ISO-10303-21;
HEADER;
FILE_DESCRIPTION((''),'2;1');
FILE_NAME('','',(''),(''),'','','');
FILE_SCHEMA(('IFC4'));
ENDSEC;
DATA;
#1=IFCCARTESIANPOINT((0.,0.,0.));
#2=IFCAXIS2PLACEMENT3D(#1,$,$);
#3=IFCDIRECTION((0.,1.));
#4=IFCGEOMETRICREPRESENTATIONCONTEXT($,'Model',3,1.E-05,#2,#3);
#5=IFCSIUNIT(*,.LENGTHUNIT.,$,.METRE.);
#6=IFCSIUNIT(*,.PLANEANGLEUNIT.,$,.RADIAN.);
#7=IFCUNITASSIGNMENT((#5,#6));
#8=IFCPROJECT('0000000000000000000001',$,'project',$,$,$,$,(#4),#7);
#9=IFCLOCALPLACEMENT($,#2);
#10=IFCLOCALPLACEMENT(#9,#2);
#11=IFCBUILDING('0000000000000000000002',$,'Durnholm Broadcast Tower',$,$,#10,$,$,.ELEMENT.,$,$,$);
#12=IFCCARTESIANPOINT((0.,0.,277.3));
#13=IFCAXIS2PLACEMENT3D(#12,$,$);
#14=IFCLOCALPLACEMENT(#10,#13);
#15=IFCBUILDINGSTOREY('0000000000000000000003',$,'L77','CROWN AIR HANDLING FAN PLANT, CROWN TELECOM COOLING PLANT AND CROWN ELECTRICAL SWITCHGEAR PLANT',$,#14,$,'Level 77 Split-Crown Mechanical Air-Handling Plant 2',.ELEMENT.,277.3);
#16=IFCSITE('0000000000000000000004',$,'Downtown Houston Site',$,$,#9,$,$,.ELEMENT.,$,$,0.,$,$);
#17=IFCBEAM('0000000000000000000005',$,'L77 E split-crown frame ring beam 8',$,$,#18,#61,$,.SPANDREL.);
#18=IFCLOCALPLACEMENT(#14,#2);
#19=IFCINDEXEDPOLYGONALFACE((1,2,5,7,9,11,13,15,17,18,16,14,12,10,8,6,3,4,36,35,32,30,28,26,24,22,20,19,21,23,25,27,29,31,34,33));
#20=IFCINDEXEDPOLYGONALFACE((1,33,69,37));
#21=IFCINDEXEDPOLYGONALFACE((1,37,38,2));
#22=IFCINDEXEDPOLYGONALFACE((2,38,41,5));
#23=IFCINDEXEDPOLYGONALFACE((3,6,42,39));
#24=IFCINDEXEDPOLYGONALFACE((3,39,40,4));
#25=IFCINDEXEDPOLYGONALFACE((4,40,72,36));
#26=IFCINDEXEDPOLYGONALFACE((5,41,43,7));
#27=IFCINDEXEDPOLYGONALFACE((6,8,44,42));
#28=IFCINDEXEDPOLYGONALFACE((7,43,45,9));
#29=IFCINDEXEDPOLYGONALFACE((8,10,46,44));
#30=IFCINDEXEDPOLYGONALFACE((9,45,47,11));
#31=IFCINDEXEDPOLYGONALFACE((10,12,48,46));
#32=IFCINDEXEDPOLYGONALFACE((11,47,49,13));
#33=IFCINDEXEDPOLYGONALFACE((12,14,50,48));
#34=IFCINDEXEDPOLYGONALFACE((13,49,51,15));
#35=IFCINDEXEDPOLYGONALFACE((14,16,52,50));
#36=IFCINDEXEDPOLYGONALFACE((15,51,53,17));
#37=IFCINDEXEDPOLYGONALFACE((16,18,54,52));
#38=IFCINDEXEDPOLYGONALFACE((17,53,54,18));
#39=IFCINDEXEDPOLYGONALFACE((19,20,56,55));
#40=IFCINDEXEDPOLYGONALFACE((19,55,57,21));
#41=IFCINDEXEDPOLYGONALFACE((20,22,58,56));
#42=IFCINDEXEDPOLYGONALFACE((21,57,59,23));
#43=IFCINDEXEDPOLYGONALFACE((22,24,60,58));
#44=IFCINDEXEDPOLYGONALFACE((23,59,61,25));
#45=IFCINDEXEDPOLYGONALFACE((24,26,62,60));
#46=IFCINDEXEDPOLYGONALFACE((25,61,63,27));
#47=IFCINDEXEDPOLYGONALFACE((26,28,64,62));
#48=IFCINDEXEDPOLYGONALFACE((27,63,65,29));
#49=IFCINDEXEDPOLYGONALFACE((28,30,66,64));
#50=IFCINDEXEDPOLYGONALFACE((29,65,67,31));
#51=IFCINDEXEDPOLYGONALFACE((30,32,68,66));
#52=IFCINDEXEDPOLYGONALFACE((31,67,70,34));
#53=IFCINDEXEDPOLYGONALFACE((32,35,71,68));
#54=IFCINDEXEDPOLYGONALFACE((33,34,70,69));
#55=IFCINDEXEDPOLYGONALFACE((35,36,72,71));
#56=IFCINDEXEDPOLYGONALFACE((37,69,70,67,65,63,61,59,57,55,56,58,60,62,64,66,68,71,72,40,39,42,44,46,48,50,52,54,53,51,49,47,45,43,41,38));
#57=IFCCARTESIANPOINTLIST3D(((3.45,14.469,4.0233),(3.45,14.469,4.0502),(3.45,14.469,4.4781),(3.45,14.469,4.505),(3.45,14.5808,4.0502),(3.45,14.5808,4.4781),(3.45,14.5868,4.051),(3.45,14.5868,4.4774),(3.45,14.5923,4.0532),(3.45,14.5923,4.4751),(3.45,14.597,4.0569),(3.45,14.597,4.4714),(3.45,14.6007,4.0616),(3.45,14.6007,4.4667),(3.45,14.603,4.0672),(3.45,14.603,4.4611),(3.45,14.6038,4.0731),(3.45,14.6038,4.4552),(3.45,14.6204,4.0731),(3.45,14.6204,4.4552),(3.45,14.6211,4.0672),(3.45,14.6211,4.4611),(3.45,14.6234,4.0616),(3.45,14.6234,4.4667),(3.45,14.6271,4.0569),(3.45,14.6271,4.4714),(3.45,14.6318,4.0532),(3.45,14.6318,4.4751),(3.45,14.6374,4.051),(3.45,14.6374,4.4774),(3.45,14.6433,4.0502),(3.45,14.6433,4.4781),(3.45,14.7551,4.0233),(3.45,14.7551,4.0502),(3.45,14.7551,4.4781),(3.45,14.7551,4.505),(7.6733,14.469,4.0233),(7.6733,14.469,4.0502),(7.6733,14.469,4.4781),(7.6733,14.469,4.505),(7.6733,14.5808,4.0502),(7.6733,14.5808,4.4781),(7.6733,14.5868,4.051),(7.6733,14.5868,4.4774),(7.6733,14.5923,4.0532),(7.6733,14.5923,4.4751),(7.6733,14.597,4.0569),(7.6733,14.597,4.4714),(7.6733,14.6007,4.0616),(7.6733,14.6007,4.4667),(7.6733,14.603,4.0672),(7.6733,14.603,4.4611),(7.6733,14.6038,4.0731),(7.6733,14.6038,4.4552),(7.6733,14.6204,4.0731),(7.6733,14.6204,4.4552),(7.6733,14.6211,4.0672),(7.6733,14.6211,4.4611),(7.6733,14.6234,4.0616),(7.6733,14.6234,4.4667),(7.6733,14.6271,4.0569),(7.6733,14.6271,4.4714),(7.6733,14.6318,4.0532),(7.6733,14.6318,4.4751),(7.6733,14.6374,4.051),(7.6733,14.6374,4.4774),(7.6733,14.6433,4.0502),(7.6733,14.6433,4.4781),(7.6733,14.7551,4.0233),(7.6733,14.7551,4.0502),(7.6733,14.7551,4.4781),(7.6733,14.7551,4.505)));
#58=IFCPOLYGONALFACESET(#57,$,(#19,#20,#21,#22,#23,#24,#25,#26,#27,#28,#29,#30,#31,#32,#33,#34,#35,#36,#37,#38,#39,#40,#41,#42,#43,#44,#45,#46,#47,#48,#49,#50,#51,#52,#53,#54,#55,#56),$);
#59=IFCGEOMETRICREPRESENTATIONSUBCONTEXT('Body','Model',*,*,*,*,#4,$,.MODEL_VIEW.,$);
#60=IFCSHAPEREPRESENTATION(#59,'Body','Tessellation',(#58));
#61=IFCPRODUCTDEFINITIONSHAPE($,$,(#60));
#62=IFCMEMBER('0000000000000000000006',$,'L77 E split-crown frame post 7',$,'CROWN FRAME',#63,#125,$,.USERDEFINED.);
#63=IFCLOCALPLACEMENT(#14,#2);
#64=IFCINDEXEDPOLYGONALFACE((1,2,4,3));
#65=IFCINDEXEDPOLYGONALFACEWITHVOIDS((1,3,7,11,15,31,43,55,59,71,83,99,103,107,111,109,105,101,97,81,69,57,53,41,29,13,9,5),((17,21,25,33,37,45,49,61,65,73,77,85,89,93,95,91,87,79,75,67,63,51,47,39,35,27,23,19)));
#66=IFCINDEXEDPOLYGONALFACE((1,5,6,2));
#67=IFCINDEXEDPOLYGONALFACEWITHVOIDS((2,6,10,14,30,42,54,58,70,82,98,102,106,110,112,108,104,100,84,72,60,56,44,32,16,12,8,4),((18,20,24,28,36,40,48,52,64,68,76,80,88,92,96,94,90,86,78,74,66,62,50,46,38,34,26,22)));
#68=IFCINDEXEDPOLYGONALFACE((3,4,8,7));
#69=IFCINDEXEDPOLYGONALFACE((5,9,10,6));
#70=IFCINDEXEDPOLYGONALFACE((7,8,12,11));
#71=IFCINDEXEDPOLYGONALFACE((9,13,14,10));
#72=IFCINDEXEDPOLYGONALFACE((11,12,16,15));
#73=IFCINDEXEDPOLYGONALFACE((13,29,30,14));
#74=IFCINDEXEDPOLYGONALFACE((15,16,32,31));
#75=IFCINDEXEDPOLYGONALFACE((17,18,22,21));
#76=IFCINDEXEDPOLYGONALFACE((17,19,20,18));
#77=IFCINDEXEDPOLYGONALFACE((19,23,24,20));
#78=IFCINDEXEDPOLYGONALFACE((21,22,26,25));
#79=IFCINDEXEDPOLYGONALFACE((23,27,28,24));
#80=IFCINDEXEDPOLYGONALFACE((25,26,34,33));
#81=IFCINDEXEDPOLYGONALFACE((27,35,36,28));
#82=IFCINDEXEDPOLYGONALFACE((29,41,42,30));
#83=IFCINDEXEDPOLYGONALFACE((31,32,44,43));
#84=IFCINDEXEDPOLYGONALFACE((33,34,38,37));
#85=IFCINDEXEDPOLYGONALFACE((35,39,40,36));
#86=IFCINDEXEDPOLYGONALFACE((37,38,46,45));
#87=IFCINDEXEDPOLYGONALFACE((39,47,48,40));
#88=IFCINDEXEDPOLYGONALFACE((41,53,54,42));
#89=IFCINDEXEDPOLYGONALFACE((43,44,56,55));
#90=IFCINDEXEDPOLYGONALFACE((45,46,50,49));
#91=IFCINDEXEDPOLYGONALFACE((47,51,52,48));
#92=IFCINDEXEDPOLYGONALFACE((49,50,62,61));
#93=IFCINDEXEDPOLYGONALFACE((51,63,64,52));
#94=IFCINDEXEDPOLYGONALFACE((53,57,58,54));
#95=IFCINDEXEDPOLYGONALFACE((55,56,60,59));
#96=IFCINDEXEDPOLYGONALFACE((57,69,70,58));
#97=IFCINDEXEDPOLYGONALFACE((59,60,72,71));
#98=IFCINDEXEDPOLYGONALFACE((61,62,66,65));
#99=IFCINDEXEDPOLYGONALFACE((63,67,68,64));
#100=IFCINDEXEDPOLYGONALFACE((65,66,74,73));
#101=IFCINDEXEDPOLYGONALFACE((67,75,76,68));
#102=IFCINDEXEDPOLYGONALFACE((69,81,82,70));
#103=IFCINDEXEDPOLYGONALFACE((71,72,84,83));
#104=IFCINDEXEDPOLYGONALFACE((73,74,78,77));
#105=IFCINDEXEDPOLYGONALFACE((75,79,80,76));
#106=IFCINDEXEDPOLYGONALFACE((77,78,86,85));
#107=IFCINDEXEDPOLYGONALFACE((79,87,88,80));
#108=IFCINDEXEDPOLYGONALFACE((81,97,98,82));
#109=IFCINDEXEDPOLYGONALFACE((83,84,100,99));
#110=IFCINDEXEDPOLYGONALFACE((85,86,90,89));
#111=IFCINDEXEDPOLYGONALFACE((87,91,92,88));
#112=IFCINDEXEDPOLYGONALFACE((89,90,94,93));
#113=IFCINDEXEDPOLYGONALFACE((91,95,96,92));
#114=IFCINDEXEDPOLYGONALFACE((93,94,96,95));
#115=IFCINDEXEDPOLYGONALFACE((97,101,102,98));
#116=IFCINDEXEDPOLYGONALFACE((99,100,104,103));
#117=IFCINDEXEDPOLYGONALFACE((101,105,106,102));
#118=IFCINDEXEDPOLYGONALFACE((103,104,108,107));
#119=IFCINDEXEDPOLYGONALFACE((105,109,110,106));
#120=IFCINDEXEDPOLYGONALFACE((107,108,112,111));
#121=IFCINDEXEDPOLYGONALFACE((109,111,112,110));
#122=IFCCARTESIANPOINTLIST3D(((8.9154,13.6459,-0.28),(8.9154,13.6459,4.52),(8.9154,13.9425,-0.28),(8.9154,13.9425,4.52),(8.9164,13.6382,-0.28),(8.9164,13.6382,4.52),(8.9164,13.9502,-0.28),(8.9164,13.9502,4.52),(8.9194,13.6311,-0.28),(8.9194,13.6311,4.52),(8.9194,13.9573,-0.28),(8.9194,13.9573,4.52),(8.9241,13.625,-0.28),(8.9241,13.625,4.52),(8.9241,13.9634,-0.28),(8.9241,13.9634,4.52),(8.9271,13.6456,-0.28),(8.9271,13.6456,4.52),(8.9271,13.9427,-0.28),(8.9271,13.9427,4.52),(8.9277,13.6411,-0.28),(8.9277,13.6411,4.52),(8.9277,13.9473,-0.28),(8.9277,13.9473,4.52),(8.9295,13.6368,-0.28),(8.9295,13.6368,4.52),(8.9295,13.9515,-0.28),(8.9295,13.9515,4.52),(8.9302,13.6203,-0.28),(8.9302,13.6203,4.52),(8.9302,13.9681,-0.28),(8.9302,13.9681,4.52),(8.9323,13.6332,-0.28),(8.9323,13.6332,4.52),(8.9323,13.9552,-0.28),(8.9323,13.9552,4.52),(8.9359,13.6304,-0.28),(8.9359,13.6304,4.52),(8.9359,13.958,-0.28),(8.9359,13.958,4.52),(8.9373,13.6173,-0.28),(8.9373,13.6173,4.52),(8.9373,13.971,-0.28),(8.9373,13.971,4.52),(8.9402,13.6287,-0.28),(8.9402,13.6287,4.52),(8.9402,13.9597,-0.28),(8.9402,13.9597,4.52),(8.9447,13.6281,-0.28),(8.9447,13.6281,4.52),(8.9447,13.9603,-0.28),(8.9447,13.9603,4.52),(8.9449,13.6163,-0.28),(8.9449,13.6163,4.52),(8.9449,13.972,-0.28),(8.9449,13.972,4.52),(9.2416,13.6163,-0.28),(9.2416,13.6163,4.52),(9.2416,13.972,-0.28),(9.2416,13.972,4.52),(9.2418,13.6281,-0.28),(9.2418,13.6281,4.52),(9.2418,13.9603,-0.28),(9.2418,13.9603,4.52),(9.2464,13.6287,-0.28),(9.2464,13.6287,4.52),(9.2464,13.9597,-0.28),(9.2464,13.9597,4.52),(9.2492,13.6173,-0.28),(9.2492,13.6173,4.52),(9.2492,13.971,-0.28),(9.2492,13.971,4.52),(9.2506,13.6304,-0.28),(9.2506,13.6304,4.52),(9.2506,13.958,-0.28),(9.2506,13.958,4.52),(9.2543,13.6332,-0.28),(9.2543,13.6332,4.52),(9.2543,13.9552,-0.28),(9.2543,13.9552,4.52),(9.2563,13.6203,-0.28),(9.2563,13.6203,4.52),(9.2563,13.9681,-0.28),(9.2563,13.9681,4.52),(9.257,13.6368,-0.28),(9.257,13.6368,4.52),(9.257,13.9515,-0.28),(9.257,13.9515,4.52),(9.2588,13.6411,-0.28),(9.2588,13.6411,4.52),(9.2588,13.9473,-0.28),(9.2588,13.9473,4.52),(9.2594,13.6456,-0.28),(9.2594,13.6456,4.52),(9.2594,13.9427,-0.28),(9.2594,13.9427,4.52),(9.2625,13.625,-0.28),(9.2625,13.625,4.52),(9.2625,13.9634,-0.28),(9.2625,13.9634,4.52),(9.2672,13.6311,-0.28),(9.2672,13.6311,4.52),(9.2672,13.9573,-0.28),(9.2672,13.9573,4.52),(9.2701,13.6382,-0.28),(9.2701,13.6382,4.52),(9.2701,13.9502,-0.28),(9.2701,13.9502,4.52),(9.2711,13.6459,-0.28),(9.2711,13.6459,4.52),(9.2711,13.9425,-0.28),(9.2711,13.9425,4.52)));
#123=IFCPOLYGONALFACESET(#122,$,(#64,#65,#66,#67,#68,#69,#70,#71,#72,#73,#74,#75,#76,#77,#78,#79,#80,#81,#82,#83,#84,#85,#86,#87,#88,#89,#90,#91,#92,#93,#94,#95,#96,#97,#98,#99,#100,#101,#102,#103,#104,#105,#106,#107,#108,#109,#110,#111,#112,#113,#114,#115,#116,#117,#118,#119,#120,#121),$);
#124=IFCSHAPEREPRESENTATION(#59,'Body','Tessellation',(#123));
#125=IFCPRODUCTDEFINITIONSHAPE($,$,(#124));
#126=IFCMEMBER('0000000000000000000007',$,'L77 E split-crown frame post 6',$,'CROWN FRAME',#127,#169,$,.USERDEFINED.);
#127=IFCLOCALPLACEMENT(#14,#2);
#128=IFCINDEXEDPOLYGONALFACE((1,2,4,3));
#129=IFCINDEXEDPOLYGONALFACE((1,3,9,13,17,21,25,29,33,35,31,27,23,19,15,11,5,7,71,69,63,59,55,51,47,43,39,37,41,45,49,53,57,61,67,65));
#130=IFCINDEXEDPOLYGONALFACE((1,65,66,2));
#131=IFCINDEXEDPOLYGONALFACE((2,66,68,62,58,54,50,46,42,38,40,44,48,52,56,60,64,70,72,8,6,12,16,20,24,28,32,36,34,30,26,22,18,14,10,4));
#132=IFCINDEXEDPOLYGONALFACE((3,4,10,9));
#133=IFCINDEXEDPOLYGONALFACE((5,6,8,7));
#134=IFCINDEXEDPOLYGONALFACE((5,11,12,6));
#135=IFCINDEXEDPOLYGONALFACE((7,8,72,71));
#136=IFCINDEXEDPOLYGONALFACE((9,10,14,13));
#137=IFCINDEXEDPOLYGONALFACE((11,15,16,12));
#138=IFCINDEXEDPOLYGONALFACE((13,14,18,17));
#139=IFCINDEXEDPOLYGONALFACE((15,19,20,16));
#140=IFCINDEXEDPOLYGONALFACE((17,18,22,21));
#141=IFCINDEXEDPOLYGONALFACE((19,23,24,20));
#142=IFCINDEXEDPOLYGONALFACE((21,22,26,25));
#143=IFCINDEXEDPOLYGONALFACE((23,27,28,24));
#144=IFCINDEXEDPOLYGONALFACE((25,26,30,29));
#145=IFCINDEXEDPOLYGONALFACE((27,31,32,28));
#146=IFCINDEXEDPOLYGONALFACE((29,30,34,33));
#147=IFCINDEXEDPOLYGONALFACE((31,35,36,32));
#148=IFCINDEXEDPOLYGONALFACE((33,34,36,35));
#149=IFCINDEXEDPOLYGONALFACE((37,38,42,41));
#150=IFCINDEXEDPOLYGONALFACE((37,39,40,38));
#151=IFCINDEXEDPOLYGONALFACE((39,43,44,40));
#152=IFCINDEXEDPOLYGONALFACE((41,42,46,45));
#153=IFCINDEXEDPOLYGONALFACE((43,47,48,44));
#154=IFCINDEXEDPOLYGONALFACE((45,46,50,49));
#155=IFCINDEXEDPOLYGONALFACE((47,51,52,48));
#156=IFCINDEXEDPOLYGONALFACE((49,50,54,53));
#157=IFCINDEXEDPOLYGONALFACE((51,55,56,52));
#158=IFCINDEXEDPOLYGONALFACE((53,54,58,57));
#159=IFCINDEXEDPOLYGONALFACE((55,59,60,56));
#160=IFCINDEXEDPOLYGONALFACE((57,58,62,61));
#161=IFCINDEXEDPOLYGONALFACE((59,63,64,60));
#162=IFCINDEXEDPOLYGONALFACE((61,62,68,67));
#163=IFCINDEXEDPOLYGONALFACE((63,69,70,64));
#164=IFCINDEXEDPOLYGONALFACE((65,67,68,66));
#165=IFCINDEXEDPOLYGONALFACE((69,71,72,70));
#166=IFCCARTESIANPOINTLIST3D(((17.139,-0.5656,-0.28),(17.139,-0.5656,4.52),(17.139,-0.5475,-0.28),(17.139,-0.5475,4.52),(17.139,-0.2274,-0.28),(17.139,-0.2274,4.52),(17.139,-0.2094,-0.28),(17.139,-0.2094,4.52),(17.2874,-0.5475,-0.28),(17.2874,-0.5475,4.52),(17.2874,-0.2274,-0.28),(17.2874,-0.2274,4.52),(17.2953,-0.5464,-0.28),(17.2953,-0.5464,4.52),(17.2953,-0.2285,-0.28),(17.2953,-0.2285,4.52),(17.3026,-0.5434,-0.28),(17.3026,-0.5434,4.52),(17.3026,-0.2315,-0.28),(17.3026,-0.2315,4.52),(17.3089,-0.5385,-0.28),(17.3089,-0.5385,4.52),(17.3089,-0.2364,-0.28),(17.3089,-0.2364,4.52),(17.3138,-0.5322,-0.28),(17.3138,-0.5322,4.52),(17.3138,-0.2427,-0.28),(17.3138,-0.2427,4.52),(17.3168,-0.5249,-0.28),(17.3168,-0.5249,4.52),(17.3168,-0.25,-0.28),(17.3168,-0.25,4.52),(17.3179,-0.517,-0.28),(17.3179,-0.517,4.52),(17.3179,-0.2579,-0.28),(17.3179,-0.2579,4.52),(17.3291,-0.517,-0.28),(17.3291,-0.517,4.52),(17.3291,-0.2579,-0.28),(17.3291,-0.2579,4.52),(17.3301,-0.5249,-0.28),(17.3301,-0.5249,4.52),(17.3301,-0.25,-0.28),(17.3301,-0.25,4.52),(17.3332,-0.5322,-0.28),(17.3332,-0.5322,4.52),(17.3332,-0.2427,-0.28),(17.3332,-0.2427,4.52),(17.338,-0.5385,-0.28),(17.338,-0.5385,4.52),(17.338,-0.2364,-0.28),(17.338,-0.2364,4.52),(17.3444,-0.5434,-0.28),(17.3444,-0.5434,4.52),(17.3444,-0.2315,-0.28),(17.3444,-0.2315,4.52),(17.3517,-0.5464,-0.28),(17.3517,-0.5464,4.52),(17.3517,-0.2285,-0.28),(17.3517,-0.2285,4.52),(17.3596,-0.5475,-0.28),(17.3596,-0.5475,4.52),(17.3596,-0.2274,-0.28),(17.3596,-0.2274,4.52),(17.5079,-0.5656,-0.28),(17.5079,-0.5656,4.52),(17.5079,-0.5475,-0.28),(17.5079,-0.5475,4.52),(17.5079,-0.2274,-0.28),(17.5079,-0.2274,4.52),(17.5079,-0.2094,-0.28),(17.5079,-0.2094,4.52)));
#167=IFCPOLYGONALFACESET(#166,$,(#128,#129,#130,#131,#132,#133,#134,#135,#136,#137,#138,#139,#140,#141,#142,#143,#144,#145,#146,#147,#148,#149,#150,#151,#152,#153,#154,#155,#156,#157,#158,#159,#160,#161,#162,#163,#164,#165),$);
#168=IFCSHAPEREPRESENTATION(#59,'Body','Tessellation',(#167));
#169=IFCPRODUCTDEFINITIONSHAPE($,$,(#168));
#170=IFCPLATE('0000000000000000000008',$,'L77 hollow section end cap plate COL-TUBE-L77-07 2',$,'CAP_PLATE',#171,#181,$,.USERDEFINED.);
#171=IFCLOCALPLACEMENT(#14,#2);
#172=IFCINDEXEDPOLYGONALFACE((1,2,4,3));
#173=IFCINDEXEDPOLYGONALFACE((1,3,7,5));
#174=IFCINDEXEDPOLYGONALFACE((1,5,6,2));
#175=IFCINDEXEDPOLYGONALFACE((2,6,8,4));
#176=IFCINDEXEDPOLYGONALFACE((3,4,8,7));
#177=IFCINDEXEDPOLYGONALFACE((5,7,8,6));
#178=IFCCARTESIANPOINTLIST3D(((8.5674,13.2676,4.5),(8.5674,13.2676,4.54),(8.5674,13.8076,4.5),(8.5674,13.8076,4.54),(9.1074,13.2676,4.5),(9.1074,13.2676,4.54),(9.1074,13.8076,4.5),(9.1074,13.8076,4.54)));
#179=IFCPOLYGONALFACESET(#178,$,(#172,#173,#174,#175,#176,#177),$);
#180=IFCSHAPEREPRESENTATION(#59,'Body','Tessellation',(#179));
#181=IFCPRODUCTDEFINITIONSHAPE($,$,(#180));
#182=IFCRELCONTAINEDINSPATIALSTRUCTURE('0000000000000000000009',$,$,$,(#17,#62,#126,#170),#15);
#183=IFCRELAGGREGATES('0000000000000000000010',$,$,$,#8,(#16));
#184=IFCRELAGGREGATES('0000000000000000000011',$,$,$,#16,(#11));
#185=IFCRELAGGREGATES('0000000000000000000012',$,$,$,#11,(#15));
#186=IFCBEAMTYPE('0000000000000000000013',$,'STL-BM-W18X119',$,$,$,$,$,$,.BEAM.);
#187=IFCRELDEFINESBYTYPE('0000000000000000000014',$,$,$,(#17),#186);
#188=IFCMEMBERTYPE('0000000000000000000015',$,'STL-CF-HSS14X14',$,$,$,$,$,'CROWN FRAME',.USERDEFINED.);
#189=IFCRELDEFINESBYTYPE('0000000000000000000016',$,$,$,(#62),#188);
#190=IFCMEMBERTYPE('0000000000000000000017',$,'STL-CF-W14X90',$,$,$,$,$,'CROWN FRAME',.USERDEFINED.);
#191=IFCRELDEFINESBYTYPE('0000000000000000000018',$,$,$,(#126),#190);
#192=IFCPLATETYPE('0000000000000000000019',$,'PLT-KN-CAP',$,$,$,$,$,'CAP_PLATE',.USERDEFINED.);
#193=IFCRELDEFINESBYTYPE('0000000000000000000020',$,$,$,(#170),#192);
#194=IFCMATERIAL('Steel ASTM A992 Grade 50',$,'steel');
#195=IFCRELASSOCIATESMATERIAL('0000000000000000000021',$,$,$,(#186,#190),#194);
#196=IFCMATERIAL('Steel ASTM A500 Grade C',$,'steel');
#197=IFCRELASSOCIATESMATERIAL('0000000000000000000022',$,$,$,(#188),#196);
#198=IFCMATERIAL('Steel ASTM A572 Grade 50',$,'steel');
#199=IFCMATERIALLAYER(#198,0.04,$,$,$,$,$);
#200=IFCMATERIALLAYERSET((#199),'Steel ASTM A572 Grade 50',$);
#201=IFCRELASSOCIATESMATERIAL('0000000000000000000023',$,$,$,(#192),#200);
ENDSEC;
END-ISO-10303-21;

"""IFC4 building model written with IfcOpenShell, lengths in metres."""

from ifc_helpers import new_model, si_unit, direction, frame, origin, origin_2d, place, context, subcontext, project, spatial, rectangle, hollow_rectangle, i_section, extrude, source, transform, mapped, material, layer, layer_set, material_profile, profile_set, type_object, type_shapes, element, save


model = new_model("IFC4")

# Units and contexts
model_context = context("Model", 3, precision=1e-05, world=origin(), true_north=direction((0.0, 1.0)))
body_context = subcontext(model_context, "Body", "Model", "MODEL_VIEW")
ifc_project = project(units=[si_unit("LENGTHUNIT", "METRE"), si_unit("PLANEANGLEUNIT", "RADIAN")], contexts=[model_context])

# Site, building, storey
site_placement = place(None, origin())
site = spatial("IfcSite", under=ifc_project, at=site_placement, Name="Downtown Houston Site", CompositionType="ELEMENT", RefElevation=0.0)
building_placement = place(site_placement, origin())
building = spatial("IfcBuilding", under=site, at=building_placement, Name="Durnholm Broadcast Tower", CompositionType="ELEMENT")
storey_placement = place(building_placement, frame((0.0, 0.0, 277.3)))
storey = spatial("IfcBuildingStorey", under=building, at=storey_placement, Name="L77", Description="CROWN AIR HANDLING FAN PLANT, CROWN TELECOM COOLING PLANT AND CROWN ELECTRICAL SWITCHGEAR PLANT", LongName="Level 77 Split-Crown Mechanical Air-Handling Plant 2", CompositionType="ELEMENT", Elevation=277.3)

# Shared definitions
ifc_material_1 = material(Name="Steel ASTM A500 Grade C", Category="steel")

# Beam
ifc_material_2 = material(Name="Steel ASTM A992 Grade 50", Category="steel")
ifc_material_profile_1 = material_profile(ifc_material_2, i_section(OverallWidth=0.2861, OverallDepth=0.4817, WebThickness=0.0166, FlangeThickness=0.0269, FilletRadius=0.0229, at=origin_2d()), Name="W18X119")
ifc_profile_set_1 = profile_set([ifc_material_profile_1], Name="Steel ASTM A992 Grade 50")
beam_type_1 = type_object("IfcBeamType", Name="STL-BM-W18X119", PredefinedType="BEAM", material=ifc_profile_set_1)
shared_shape_1 = source(origin(), body_context, "Body", "SweptSolid", [
    extrude(i_section(OverallWidth=0.2861, OverallDepth=0.4817, WebThickness=0.0166, FlangeThickness=0.0269, FilletRadius=0.0229, at=origin_2d()), origin(), (0.0, 0.0, 1.0), 4.2234),
])
beam_1_placement = place(storey_placement, frame((7.6733, 14.6121, 4.2642), z_axis=(-1.0, 0.0, 0.0), x_axis=(0.0, -1.0, 0.0)))
element("IfcBeam", 1, at=beam_1_placement, inside=storey, type_object=beam_type_1, Name="L77 E split-crown frame ring beam 8", PredefinedType="SPANDREL", context=body_context, shape_type="MappedRepresentation", body=[
    mapped(shared_shape_1, transform((0.0, 0.0, 0.0), x_axis=(1.0, 0.0, 0.0), y_axis=(0.0, 1.0, 0.0), z_axis=(0.0, 0.0, 1.0), scale=1.0)),
])

# Members
ifc_material_profile_2 = material_profile(ifc_material_1, hollow_rectangle(XDim=0.3557, YDim=0.3557, WallThickness=0.0117, InnerFilletRadius=0.0176, OuterFilletRadius=0.0295, at=origin_2d()), Name="HSS14X14X1/2")
ifc_profile_set_2 = profile_set([ifc_material_profile_2], Name="Steel ASTM A500 Grade C")
member_type_1 = type_object("IfcMemberType", Name="STL-CF-HSS14X14", ElementType="CROWN FRAME", PredefinedType="USERDEFINED", material=ifc_profile_set_2)
shared_shape_2 = source(origin(), body_context, "Body", "SweptSolid", [
    extrude(hollow_rectangle(XDim=0.3557, YDim=0.3557, WallThickness=0.0117, InnerFilletRadius=0.0176, OuterFilletRadius=0.0295, at=origin_2d()), origin(), (0.0, 0.0, 1.0), 4.8),
])
type_shapes(member_type_1, [shared_shape_2])
member_1_placement = place(storey_placement, frame((9.0933, 13.7942, -0.28), z_axis=(0.0, 0.0, 1.0), x_axis=(1.0, 0.0, 0.0)))
element("IfcMember", 2, at=member_1_placement, inside=storey, type_object=member_type_1, Name="L77 E split-crown frame post 7", ObjectType="CROWN FRAME", PredefinedType="USERDEFINED", context=body_context, shape_type="MappedRepresentation", body=[
    mapped(shared_shape_2, transform((0.0, 0.0, 0.0), x_axis=(1.0, 0.0, 0.0), y_axis=(0.0, 1.0, 0.0), z_axis=(0.0, 0.0, 1.0), scale=1.0)),
])
ifc_material_profile_3 = material_profile(ifc_material_2, i_section(OverallWidth=0.3689, OverallDepth=0.3562, WebThickness=0.0112, FlangeThickness=0.0181, FilletRadius=0.0305, at=origin_2d()), Name="W14X90")
ifc_profile_set_3 = profile_set([ifc_material_profile_3], Name="Steel ASTM A992 Grade 50")
member_type_2 = type_object("IfcMemberType", Name="STL-CF-W14X90", ElementType="CROWN FRAME", PredefinedType="USERDEFINED", material=ifc_profile_set_3)
shared_shape_3 = source(origin(), body_context, "Body", "SweptSolid", [
    extrude(i_section(OverallWidth=0.3689, OverallDepth=0.3562, WebThickness=0.0112, FlangeThickness=0.0181, FilletRadius=0.0305, at=origin_2d()), origin(), (0.0, 0.0, 1.0), 4.8),
])
type_shapes(member_type_2, [shared_shape_3])
member_2_placement = place(storey_placement, frame((17.3235, -0.3875, -0.28), z_axis=(0.0, 0.0, 1.0), x_axis=(1.0, 0.0, 0.0)))
element("IfcMember", 3, at=member_2_placement, inside=storey, type_object=member_type_2, Name="L77 E split-crown frame post 6", ObjectType="CROWN FRAME", PredefinedType="USERDEFINED", context=body_context, shape_type="MappedRepresentation", body=[
    mapped(shared_shape_3, transform((0.0, 0.0, 0.0), x_axis=(1.0, 0.0, 0.0), y_axis=(0.0, 1.0, 0.0), z_axis=(0.0, 0.0, 1.0), scale=1.0)),
])

# Plate
ifc_material_3 = material(Name="Steel ASTM A572 Grade 50", Category="steel")
ifc_layer_1 = layer(ifc_material_3, 0.04)
ifc_layer_set_1 = layer_set([ifc_layer_1], Name="Steel ASTM A572 Grade 50")
plate_type_1 = type_object("IfcPlateType", Name="PLT-KN-CAP", ElementType="CAP_PLATE", PredefinedType="USERDEFINED", material=ifc_layer_set_1)
shared_shape_4 = source(origin(), body_context, "Body", "SweptSolid", [
    extrude(rectangle(XDim=0.54, YDim=0.54, at=origin_2d()), origin(), (0.0, 0.0, 1.0), 0.04),
])
type_shapes(plate_type_1, [shared_shape_4])
for number, where, z_axis, x_axis, name in (
    (4, (8.8374, 13.5376, 4.5), (0.0, 0.0, 1.0), (1.0, 0.0, 0.0), "L77 hollow section end cap plate COL-TUBE-L77-07 2"),
):
    element("IfcPlate", number, at=place(storey_placement, frame(where, z_axis=z_axis, x_axis=x_axis)), inside=storey, type_object=plate_type_1, Name=name, ObjectType="CAP_PLATE", PredefinedType="USERDEFINED", context=body_context, shape_type="MappedRepresentation", body=[
        mapped(shared_shape_4, transform((0.0, 0.0, 0.0), x_axis=(1.0, 0.0, 0.0), y_axis=(0.0, 1.0, 0.0), z_axis=(0.0, 0.0, 1.0), scale=1.0)),
    ])

save(model, "model.ifc")
